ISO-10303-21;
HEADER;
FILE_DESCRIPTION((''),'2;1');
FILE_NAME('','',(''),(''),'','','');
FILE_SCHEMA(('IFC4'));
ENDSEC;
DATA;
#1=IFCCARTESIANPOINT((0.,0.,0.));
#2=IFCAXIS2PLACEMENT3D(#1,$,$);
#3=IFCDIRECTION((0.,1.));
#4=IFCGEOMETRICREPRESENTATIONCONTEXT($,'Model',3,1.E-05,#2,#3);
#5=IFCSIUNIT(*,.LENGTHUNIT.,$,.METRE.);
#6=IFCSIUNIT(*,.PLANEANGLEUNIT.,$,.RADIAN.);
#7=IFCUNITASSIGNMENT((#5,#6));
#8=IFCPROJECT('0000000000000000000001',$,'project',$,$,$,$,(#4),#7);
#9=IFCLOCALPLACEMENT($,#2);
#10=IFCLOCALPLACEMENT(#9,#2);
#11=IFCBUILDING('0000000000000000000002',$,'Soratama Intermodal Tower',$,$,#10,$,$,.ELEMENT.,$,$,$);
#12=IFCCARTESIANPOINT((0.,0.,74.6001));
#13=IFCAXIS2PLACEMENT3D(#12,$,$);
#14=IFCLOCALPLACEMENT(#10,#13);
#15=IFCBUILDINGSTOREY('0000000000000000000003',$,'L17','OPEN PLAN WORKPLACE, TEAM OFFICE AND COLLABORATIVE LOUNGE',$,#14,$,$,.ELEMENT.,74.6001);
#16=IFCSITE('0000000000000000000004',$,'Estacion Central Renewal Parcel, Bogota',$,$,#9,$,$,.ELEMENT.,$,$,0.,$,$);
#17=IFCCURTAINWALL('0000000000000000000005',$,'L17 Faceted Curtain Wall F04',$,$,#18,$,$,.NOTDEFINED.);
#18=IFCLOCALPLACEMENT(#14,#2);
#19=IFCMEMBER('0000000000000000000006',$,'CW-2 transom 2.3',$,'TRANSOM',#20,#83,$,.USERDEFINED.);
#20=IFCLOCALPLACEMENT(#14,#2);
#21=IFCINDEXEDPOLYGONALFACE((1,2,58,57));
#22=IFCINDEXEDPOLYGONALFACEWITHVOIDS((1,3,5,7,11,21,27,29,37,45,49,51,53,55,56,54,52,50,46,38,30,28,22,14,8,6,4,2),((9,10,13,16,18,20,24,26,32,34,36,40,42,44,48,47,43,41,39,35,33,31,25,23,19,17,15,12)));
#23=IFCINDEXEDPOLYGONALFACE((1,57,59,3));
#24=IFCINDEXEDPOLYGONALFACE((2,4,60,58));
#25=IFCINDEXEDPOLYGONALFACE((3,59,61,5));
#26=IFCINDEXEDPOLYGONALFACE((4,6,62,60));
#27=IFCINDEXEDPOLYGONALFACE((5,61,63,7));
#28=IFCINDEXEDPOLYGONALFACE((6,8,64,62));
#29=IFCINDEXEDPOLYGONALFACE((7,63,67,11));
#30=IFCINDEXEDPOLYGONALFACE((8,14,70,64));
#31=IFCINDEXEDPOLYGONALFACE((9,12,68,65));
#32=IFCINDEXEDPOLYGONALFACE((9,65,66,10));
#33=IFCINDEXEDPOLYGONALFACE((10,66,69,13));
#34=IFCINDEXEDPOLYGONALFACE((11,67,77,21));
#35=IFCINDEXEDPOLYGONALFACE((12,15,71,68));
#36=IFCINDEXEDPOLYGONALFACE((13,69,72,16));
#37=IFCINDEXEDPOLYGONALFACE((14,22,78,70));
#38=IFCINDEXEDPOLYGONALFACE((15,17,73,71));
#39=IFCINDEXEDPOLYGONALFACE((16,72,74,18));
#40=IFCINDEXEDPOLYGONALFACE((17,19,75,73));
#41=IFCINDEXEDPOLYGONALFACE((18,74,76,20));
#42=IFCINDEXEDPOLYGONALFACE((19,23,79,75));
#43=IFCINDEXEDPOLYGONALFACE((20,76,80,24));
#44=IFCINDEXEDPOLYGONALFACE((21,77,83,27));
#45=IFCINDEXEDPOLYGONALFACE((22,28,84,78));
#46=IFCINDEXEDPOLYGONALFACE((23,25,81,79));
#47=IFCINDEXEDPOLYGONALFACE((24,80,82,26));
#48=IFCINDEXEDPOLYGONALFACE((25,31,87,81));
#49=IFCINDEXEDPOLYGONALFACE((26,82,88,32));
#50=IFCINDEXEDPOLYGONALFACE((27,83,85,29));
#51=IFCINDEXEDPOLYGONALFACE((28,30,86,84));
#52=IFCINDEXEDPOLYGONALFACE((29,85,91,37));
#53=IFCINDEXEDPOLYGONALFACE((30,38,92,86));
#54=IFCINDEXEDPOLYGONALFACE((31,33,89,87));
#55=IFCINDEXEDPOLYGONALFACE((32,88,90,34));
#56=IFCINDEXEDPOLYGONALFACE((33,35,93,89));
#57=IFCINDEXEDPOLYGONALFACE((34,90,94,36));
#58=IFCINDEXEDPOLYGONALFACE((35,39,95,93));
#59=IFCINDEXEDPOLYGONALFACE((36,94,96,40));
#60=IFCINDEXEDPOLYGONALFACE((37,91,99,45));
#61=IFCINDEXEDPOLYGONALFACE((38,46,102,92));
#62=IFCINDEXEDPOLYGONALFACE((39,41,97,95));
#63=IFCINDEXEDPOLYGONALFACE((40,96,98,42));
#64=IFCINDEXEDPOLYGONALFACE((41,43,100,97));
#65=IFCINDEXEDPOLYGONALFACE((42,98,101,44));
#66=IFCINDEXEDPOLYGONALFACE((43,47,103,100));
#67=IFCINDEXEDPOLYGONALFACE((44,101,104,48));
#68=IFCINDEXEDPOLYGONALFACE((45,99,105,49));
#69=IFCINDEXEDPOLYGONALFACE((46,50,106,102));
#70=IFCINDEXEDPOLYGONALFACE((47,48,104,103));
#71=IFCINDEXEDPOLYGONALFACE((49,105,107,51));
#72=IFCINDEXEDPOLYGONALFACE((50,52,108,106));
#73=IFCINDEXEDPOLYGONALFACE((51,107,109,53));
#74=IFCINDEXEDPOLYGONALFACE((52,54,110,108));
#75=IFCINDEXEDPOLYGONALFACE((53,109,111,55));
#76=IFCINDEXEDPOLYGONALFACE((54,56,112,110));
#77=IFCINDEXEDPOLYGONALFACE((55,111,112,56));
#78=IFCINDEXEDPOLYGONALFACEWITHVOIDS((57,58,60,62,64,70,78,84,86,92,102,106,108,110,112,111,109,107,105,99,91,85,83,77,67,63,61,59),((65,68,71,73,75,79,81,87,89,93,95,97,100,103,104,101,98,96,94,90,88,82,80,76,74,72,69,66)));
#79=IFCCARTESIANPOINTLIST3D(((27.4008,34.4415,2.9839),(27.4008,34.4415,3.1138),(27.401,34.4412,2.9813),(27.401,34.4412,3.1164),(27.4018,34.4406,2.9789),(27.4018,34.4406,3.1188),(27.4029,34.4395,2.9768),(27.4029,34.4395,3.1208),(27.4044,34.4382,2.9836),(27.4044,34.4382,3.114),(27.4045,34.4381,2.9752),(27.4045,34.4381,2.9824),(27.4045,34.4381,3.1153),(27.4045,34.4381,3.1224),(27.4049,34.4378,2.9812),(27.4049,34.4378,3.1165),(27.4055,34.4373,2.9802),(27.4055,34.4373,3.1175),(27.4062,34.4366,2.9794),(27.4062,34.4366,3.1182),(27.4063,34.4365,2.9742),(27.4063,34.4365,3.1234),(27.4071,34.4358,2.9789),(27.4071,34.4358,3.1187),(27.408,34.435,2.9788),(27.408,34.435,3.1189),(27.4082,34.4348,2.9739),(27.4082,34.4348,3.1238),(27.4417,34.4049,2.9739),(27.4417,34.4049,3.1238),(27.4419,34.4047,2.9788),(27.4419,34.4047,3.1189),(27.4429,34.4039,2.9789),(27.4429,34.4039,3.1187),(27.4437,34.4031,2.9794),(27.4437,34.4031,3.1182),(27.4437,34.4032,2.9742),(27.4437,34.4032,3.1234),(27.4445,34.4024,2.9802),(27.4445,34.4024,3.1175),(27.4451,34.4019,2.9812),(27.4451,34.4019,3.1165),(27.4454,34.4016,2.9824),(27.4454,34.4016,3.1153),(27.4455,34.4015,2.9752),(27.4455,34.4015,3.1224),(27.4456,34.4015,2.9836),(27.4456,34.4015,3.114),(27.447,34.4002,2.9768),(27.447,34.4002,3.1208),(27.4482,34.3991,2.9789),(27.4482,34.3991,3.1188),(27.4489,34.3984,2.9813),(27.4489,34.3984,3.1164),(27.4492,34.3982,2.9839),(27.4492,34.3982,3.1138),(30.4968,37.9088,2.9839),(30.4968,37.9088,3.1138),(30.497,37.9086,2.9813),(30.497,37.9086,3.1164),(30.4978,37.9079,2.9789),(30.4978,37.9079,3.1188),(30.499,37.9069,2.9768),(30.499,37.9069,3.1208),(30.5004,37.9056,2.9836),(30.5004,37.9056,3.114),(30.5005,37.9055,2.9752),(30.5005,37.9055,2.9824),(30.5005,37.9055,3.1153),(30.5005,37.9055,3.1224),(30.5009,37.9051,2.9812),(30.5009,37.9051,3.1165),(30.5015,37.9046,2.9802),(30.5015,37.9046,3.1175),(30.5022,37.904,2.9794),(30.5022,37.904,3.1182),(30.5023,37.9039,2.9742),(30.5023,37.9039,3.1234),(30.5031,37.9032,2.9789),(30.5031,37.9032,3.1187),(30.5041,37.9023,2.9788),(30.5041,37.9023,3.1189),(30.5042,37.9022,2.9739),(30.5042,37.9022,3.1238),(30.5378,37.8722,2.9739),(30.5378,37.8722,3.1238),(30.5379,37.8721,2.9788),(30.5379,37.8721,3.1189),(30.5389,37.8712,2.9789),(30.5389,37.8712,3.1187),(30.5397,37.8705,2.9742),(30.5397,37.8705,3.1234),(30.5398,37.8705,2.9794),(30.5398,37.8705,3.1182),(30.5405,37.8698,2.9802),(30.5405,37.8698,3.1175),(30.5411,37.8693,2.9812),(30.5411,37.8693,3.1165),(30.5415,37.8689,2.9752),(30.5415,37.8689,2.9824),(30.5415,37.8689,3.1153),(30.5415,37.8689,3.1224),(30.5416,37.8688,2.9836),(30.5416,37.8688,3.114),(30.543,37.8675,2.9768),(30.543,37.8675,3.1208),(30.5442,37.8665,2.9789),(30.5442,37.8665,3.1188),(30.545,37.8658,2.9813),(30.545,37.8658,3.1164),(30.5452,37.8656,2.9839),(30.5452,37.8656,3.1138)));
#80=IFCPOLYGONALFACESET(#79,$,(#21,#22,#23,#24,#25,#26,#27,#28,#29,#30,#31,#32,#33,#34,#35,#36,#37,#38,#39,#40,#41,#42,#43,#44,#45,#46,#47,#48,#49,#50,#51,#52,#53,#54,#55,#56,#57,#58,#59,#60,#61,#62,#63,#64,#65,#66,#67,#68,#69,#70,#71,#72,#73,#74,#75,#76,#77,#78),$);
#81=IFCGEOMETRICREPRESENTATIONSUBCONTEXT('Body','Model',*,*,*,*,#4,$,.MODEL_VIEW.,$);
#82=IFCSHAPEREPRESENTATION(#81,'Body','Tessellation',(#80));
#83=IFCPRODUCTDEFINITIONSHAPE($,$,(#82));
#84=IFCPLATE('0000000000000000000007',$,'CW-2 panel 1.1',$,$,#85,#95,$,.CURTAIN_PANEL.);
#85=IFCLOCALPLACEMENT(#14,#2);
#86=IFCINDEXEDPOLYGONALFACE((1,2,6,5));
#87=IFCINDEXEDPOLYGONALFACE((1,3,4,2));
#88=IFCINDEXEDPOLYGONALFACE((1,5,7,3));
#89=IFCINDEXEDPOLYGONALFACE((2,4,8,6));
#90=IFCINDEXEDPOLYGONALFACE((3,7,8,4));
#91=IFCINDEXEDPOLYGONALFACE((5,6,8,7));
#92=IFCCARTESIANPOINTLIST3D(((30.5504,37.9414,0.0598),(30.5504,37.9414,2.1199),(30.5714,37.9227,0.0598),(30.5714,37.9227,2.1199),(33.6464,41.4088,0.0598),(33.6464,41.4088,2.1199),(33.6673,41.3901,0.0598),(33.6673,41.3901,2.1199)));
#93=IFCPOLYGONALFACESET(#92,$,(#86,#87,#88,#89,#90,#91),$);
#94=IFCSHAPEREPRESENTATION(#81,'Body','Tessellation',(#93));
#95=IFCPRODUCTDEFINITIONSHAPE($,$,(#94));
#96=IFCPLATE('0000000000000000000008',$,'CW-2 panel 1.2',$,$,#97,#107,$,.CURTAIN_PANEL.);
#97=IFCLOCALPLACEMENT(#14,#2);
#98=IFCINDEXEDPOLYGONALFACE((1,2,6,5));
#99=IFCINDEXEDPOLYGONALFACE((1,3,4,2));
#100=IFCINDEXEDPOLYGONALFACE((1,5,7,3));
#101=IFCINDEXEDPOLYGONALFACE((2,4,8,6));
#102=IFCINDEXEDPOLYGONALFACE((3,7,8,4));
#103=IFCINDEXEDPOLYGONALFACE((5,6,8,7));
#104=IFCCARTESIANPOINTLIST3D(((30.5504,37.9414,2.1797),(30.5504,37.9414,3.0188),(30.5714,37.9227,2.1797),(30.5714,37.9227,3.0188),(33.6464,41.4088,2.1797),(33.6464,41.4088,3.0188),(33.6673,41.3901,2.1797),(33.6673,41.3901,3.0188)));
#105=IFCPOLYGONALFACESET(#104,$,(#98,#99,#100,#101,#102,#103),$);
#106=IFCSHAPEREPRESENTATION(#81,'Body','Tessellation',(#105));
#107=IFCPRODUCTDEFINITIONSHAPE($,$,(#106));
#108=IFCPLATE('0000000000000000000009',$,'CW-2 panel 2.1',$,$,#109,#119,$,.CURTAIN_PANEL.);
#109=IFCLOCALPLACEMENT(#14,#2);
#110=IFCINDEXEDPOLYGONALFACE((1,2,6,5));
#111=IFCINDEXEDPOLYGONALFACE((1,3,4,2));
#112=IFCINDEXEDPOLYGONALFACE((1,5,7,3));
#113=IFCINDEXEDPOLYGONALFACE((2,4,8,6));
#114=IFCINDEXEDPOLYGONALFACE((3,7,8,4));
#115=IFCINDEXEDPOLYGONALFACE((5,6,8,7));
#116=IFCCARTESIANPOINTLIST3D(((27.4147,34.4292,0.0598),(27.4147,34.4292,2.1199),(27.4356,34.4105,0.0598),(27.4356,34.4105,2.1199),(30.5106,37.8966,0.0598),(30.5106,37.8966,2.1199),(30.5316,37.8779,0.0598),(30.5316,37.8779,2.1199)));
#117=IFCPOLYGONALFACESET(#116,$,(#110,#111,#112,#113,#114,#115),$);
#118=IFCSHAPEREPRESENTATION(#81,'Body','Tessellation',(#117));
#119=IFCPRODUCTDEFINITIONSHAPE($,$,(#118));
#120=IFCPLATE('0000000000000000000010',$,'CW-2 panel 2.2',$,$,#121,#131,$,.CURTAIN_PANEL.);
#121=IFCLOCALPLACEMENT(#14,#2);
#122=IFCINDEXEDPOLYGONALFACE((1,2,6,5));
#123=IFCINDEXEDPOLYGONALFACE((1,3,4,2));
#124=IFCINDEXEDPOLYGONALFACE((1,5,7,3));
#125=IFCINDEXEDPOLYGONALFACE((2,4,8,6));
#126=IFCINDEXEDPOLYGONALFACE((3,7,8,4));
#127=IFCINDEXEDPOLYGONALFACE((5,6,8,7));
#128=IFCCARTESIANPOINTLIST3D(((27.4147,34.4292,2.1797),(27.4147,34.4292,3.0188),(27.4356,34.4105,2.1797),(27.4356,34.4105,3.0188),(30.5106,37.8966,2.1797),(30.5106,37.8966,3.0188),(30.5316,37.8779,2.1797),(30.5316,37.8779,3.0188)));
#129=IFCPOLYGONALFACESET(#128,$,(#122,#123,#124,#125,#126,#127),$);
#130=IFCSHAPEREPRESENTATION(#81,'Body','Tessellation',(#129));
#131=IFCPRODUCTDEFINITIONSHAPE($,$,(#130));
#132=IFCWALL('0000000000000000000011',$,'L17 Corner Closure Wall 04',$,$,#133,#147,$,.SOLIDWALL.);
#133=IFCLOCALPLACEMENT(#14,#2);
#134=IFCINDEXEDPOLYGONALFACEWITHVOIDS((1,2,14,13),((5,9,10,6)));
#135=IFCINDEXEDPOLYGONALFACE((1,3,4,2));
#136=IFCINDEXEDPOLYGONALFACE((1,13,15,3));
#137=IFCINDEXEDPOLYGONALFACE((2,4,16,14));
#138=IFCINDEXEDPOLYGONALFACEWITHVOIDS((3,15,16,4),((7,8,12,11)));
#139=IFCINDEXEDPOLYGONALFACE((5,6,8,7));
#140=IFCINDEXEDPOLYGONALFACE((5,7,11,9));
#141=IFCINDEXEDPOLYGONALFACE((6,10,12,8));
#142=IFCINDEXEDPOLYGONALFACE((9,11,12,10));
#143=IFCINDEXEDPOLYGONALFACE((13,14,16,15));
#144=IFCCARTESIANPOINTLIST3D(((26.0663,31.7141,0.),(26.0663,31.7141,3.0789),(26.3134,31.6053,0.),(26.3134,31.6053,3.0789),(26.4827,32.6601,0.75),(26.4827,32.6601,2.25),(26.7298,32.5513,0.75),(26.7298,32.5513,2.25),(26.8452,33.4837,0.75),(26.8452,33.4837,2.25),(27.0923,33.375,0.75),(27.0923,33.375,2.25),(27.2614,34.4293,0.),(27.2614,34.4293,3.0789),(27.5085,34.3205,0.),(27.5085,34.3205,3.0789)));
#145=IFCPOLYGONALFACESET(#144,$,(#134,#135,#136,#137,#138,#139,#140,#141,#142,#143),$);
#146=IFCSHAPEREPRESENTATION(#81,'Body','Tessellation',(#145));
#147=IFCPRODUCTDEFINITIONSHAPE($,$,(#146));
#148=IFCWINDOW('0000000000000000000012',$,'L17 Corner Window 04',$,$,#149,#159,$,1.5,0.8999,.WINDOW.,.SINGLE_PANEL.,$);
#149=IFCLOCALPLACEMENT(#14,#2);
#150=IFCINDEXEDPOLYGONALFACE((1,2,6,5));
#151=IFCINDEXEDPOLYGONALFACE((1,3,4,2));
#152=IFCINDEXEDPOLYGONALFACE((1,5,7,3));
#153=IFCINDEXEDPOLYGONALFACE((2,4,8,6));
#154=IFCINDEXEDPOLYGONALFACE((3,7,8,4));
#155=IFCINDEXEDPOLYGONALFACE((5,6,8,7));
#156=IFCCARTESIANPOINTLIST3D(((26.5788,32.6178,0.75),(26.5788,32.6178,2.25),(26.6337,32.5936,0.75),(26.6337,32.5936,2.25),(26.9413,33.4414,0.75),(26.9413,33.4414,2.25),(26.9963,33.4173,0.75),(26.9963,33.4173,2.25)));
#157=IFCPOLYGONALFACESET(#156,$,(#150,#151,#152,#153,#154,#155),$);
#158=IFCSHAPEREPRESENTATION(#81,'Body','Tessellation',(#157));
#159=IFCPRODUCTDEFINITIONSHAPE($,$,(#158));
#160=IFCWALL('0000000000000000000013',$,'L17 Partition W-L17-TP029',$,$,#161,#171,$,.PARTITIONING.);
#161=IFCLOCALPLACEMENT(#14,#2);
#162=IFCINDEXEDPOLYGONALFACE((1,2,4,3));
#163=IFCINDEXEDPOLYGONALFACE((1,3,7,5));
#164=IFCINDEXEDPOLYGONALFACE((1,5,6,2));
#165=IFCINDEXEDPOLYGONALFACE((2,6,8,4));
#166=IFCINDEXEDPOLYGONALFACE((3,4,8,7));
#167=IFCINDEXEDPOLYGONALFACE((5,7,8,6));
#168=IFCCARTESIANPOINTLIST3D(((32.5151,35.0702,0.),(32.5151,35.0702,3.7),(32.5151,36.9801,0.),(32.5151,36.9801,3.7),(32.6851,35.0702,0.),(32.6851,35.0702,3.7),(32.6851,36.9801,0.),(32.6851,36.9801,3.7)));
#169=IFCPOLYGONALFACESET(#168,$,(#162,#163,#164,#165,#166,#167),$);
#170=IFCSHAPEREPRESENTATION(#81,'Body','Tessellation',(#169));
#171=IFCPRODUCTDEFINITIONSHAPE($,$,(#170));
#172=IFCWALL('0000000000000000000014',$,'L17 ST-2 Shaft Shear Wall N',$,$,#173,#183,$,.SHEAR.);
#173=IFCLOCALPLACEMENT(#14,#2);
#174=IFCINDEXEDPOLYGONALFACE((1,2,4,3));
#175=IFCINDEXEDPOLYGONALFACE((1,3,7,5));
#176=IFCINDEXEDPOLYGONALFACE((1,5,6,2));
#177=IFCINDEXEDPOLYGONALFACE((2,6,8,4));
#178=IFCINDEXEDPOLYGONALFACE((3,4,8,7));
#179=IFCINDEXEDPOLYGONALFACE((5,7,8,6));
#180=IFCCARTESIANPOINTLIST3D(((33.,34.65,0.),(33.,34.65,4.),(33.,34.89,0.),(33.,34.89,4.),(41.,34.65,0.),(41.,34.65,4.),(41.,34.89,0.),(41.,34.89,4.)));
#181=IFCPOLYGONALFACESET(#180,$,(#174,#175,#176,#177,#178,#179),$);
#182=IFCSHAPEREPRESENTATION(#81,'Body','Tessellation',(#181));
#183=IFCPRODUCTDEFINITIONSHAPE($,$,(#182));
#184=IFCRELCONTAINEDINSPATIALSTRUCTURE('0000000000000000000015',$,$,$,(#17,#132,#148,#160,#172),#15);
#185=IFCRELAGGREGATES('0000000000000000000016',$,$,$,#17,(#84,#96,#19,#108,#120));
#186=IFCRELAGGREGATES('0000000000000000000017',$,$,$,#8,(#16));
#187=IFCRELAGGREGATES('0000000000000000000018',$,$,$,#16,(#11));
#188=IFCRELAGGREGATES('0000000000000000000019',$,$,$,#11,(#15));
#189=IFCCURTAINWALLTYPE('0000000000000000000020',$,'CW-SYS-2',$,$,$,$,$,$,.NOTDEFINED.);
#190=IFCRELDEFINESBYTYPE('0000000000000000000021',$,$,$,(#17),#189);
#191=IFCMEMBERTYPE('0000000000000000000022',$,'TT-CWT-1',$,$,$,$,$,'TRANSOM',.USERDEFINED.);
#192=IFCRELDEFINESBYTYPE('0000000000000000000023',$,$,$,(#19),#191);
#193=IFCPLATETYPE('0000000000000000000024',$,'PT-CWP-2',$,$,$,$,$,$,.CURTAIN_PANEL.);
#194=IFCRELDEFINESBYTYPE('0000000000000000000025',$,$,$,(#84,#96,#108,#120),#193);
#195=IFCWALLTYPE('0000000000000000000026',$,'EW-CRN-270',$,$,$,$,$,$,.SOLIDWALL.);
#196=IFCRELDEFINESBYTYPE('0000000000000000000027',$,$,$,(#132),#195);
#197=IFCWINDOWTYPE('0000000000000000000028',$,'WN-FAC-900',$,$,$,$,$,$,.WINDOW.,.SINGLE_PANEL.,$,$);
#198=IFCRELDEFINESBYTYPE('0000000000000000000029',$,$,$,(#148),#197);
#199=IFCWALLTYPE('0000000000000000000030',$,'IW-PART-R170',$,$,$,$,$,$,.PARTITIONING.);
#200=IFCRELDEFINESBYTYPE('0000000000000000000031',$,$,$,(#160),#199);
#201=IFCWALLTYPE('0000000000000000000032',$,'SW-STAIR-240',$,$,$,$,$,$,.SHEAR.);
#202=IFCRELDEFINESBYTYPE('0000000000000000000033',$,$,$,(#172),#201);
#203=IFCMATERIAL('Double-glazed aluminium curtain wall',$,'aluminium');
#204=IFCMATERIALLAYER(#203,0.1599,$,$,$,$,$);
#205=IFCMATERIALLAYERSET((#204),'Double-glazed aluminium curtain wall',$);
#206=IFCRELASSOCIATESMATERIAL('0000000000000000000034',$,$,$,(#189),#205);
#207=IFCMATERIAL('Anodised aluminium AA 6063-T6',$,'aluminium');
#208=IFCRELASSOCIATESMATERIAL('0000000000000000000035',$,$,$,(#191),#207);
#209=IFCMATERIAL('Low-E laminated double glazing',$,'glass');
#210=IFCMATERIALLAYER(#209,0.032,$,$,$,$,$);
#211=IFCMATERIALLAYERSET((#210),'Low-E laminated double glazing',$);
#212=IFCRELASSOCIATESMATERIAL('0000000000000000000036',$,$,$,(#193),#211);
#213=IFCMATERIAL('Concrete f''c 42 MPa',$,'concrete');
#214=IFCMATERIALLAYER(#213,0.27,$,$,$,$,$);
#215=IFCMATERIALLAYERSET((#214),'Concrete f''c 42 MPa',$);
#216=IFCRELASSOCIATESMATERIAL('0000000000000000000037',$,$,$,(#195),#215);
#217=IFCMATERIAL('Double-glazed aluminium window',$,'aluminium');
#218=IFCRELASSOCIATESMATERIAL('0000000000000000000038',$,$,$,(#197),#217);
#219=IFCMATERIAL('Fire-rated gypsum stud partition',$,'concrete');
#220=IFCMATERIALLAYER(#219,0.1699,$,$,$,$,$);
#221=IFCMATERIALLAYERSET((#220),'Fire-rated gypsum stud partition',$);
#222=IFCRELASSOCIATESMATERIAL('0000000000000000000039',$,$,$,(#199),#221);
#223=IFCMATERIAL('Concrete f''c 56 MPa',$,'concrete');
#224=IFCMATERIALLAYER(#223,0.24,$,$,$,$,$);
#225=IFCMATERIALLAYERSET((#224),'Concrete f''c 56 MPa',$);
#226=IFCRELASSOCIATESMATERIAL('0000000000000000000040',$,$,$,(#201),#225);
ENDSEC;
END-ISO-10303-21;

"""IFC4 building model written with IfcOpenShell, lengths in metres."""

from ifc_helpers import new_model, si_unit, direction, frame, frame_2d, origin, origin_2d, place, context, subcontext, project, spatial, rectangle, hollow_rectangle, extrude, material, layer, layer_set, material_profile, profile_set, type_object, element, fill, aggregate, save


model = new_model("IFC4")

# Units and contexts
model_context = context("Model", 3, precision=1e-05, world=origin(), true_north=direction((0.0, 1.0)))
body_context = subcontext(model_context, "Body", "Model", "MODEL_VIEW")
ifc_project = project(units=[si_unit("LENGTHUNIT", "METRE"), si_unit("PLANEANGLEUNIT", "RADIAN")], contexts=[model_context])

# Site, building, storey
site_placement = place(None, origin())
site = spatial("IfcSite", under=ifc_project, at=site_placement, Name="Estacion Central Renewal Parcel, Bogota", CompositionType="ELEMENT", RefElevation=0.0)
building_placement = place(site_placement, origin())
building = spatial("IfcBuilding", under=site, at=building_placement, Name="Soratama Intermodal Tower", CompositionType="ELEMENT")
storey_placement = place(building_placement, frame((0.0, 0.0, 74.6001)))
storey = spatial("IfcBuildingStorey", under=building, at=storey_placement, Name="L17", Description="OPEN PLAN WORKPLACE, TEAM OFFICE AND COLLABORATIVE LOUNGE", CompositionType="ELEMENT", Elevation=74.6001)

# Curtain wall, member, plates
ifc_material_1 = material(Name="Double-glazed aluminium curtain wall", Category="aluminium")
ifc_layer_1 = layer(ifc_material_1, 0.1599)
ifc_layer_set_1 = layer_set([ifc_layer_1], Name="Double-glazed aluminium curtain wall")
curtain_wall_type = type_object("IfcCurtainWallType", Name="CW-SYS-2", PredefinedType="NOTDEFINED", material=ifc_layer_set_1)
curtain_wall_placement = place(storey_placement, origin())
curtain_wall = element("IfcCurtainWall", 1, at=curtain_wall_placement, inside=storey, type_object=curtain_wall_type, Name="L17 Faceted Curtain Wall F04", PredefinedType="NOTDEFINED")
ifc_material_2 = material(Name="Anodised aluminium AA 6063-T6", Category="aluminium")
ifc_material_profile_1 = material_profile(ifc_material_2, hollow_rectangle(XDim=0.0649, YDim=0.1499, WallThickness=0.0049, InnerFilletRadius=0.0049, OuterFilletRadius=0.01, at=origin_2d()), Name="CWT150X65X5")
ifc_profile_set_1 = profile_set([ifc_material_profile_1], Name="Anodised aluminium AA 6063-T6")
member_type_1 = type_object("IfcMemberType", Name="TT-CWT-1", ElementType="TRANSOM", PredefinedType="USERDEFINED", material=ifc_profile_set_1)
member_1_placement = place(storey_placement, frame((30.521, 37.8872, 3.0488), z_axis=(-0.666035, -0.745921, 0.0), x_axis=(0.745921, -0.666035, 0.0)))
member_1 = element("IfcMember", 2, at=member_1_placement, type_object=member_type_1, Name="CW-2 transom 2.3", ObjectType="TRANSOM", PredefinedType="USERDEFINED", context=body_context, shape_type="SweptSolid", body=[
    extrude(hollow_rectangle(XDim=0.0649, YDim=0.1499, WallThickness=0.0049, InnerFilletRadius=0.0049, OuterFilletRadius=0.01, at=origin_2d()), origin(), (0.0, 0.0, 1.0), 4.6484),
])
ifc_material_3 = material(Name="Low-E laminated double glazing", Category="glass")
ifc_layer_2 = layer(ifc_material_3, 0.032)
ifc_layer_set_2 = layer_set([ifc_layer_2], Name="Low-E laminated double glazing")
plate_type = type_object("IfcPlateType", Name="PT-CWP-2", PredefinedType="CURTAIN_PANEL", material=ifc_layer_set_2)
plate_1_placement = place(storey_placement, frame((32.1089, 39.6658, 0.0598), z_axis=(0.0, 0.0, 1.0), x_axis=(-0.666017, -0.745937, 0.0)))
plate_1 = element("IfcPlate", 3, at=plate_1_placement, type_object=plate_type, Name="CW-2 panel 1.1", PredefinedType="CURTAIN_PANEL", context=body_context, shape_type="SweptSolid", body=[
    extrude(rectangle(XDim=4.6484, YDim=0.0281, at=origin_2d()), origin(), (0.0, 0.0, 1.0), 2.0601),
])
plate_2_placement = place(storey_placement, frame((32.1089, 39.6658, 2.1797), z_axis=(0.0, 0.0, 1.0), x_axis=(-0.666017, -0.745937, 0.0)))
plate_2 = element("IfcPlate", 4, at=plate_2_placement, type_object=plate_type, Name="CW-2 panel 1.2", PredefinedType="CURTAIN_PANEL", context=body_context, shape_type="SweptSolid", body=[
    extrude(rectangle(XDim=4.6484, YDim=0.0281, at=origin_2d()), origin(), (0.0, 0.0, 1.0), 0.8391),
])
plate_3_placement = place(storey_placement, frame((28.9731, 36.1536, 0.0598), z_axis=(0.0, 0.0, 1.0), x_axis=(-0.666017, -0.745937, 0.0)))
plate_3 = element("IfcPlate", 5, at=plate_3_placement, type_object=plate_type, Name="CW-2 panel 2.1", PredefinedType="CURTAIN_PANEL", context=body_context, shape_type="SweptSolid", body=[
    extrude(rectangle(XDim=4.6484, YDim=0.0281, at=origin_2d()), origin(), (0.0, 0.0, 1.0), 2.0601),
])
plate_4_placement = place(storey_placement, frame((28.9731, 36.1536, 2.1797), z_axis=(0.0, 0.0, 1.0), x_axis=(-0.666017, -0.745937, 0.0)))
plate_4 = element("IfcPlate", 6, at=plate_4_placement, type_object=plate_type, Name="CW-2 panel 2.2", PredefinedType="CURTAIN_PANEL", context=body_context, shape_type="SweptSolid", body=[
    extrude(rectangle(XDim=4.6484, YDim=0.0281, at=origin_2d()), origin(), (0.0, 0.0, 1.0), 0.8391),
])
aggregate(curtain_wall, [plate_1, plate_2, member_1, plate_3, plate_4])

# Wall, opening, window
ifc_material_4 = material(Name="Concrete f'c 42 MPa", Category="concrete")
ifc_layer_3 = layer(ifc_material_4, 0.27)
ifc_layer_set_3 = layer_set([ifc_layer_3], Name="Concrete f'c 42 MPa")
wall_type_1 = type_object("IfcWallType", Name="EW-CRN-270", PredefinedType="SOLIDWALL", material=ifc_layer_set_3)
wall_1_placement = place(storey_placement, frame((27.385, 34.375, 0.0), z_axis=(0.0, 0.0, 1.0), x_axis=(-0.40286, -0.915262, 0.0)))
wall_1 = element("IfcWall", 7, at=wall_1_placement, inside=storey, type_object=wall_type_1, Name="L17 Corner Closure Wall 04", PredefinedType="SOLIDWALL", context=body_context, shape_type="SweptSolid", body=[
    extrude(rectangle(XDim=2.9666, YDim=0.27, at=frame_2d((1.4834, 0.0))), origin(), (0.0, 0.0, 1.0), 3.0789),
])
opening_1_placement = place(wall_1_placement, frame((1.0332, 0.0, 0.75)))
opening_1 = element("IfcOpeningElement", 8, at=opening_1_placement, cuts=wall_1, PredefinedType="OPENING", context=body_context, shape_type="SweptSolid", body=[
    extrude(rectangle(XDim=0.8999, YDim=1.5, at=frame_2d((0.45, 0.75))), frame((0.0, 0.145, 0.0), z_axis=(0.0, -1.0, 0.0), x_axis=(1.0, 0.0, 0.0)), (0.0, 0.0, 1.0), 0.29),
])
ifc_material_5 = material(Name="Double-glazed aluminium window", Category="aluminium")
window_type = type_object("IfcWindowType", Name="WN-FAC-900", PartitioningType="SINGLE_PANEL", PredefinedType="WINDOW", material=ifc_material_5)
window_placement = place(opening_1_placement, origin())
window = element("IfcWindow", 9, at=window_placement, inside=storey, type_object=window_type, Name="L17 Corner Window 04", OverallHeight=1.5, OverallWidth=0.8999, PartitioningType="SINGLE_PANEL", PredefinedType="WINDOW", context=body_context, shape_type="SweptSolid", body=[
    extrude(rectangle(XDim=0.8999, YDim=1.5, at=frame_2d((0.45, 0.75))), frame((0.0, 0.03, 0.0), z_axis=(0.0, -1.0, 0.0), x_axis=(1.0, 0.0, 0.0)), (0.0, 0.0, 1.0), 0.0601),
])
fill(opening_1, window)

# Shared definitions
ifc_material_6 = material(Name="Fire-rated gypsum stud partition", Category="concrete")
ifc_layer_4 = layer(ifc_material_6, 0.1699)
ifc_layer_set_4 = layer_set([ifc_layer_4], Name="Fire-rated gypsum stud partition")
wall_type_2 = type_object("IfcWallType", Name="IW-PART-R170", PredefinedType="PARTITIONING", material=ifc_layer_set_4)

# Walls
wall_2_placement = place(storey_placement, frame((32.6001, 35.0701, 0.0), z_axis=(0.0, 0.0, 1.0), x_axis=(0.0, 1.0, 0.0)))
element("IfcWall", 10, at=wall_2_placement, inside=storey, type_object=wall_type_2, Name="L17 Partition W-L17-TP029", PredefinedType="PARTITIONING", context=body_context, shape_type="SweptSolid", body=[
    extrude(rectangle(XDim=1.9099, YDim=0.1699, at=frame_2d((0.9551, 0.0))), origin(), (0.0, 0.0, 1.0), 3.7),
])
ifc_material_7 = material(Name="Concrete f'c 56 MPa", Category="concrete")
ifc_layer_5 = layer(ifc_material_7, 0.24)
ifc_layer_set_5 = layer_set([ifc_layer_5], Name="Concrete f'c 56 MPa")
wall_type_3 = type_object("IfcWallType", Name="SW-STAIR-240", PredefinedType="SHEAR", material=ifc_layer_set_5)
wall_3_placement = place(storey_placement, frame((33.0, 34.77, 0.0), z_axis=(0.0, 0.0, 1.0), x_axis=(1.0, 0.0, 0.0)))
element("IfcWall", 11, at=wall_3_placement, inside=storey, type_object=wall_type_3, Name="L17 ST-2 Shaft Shear Wall N", PredefinedType="SHEAR", context=body_context, shape_type="SweptSolid", body=[
    extrude(rectangle(XDim=8.0, YDim=0.24, at=frame_2d((4.0, 0.0))), origin(), (0.0, 0.0, 1.0), 4.0),
])

save(model, "model.ifc")
